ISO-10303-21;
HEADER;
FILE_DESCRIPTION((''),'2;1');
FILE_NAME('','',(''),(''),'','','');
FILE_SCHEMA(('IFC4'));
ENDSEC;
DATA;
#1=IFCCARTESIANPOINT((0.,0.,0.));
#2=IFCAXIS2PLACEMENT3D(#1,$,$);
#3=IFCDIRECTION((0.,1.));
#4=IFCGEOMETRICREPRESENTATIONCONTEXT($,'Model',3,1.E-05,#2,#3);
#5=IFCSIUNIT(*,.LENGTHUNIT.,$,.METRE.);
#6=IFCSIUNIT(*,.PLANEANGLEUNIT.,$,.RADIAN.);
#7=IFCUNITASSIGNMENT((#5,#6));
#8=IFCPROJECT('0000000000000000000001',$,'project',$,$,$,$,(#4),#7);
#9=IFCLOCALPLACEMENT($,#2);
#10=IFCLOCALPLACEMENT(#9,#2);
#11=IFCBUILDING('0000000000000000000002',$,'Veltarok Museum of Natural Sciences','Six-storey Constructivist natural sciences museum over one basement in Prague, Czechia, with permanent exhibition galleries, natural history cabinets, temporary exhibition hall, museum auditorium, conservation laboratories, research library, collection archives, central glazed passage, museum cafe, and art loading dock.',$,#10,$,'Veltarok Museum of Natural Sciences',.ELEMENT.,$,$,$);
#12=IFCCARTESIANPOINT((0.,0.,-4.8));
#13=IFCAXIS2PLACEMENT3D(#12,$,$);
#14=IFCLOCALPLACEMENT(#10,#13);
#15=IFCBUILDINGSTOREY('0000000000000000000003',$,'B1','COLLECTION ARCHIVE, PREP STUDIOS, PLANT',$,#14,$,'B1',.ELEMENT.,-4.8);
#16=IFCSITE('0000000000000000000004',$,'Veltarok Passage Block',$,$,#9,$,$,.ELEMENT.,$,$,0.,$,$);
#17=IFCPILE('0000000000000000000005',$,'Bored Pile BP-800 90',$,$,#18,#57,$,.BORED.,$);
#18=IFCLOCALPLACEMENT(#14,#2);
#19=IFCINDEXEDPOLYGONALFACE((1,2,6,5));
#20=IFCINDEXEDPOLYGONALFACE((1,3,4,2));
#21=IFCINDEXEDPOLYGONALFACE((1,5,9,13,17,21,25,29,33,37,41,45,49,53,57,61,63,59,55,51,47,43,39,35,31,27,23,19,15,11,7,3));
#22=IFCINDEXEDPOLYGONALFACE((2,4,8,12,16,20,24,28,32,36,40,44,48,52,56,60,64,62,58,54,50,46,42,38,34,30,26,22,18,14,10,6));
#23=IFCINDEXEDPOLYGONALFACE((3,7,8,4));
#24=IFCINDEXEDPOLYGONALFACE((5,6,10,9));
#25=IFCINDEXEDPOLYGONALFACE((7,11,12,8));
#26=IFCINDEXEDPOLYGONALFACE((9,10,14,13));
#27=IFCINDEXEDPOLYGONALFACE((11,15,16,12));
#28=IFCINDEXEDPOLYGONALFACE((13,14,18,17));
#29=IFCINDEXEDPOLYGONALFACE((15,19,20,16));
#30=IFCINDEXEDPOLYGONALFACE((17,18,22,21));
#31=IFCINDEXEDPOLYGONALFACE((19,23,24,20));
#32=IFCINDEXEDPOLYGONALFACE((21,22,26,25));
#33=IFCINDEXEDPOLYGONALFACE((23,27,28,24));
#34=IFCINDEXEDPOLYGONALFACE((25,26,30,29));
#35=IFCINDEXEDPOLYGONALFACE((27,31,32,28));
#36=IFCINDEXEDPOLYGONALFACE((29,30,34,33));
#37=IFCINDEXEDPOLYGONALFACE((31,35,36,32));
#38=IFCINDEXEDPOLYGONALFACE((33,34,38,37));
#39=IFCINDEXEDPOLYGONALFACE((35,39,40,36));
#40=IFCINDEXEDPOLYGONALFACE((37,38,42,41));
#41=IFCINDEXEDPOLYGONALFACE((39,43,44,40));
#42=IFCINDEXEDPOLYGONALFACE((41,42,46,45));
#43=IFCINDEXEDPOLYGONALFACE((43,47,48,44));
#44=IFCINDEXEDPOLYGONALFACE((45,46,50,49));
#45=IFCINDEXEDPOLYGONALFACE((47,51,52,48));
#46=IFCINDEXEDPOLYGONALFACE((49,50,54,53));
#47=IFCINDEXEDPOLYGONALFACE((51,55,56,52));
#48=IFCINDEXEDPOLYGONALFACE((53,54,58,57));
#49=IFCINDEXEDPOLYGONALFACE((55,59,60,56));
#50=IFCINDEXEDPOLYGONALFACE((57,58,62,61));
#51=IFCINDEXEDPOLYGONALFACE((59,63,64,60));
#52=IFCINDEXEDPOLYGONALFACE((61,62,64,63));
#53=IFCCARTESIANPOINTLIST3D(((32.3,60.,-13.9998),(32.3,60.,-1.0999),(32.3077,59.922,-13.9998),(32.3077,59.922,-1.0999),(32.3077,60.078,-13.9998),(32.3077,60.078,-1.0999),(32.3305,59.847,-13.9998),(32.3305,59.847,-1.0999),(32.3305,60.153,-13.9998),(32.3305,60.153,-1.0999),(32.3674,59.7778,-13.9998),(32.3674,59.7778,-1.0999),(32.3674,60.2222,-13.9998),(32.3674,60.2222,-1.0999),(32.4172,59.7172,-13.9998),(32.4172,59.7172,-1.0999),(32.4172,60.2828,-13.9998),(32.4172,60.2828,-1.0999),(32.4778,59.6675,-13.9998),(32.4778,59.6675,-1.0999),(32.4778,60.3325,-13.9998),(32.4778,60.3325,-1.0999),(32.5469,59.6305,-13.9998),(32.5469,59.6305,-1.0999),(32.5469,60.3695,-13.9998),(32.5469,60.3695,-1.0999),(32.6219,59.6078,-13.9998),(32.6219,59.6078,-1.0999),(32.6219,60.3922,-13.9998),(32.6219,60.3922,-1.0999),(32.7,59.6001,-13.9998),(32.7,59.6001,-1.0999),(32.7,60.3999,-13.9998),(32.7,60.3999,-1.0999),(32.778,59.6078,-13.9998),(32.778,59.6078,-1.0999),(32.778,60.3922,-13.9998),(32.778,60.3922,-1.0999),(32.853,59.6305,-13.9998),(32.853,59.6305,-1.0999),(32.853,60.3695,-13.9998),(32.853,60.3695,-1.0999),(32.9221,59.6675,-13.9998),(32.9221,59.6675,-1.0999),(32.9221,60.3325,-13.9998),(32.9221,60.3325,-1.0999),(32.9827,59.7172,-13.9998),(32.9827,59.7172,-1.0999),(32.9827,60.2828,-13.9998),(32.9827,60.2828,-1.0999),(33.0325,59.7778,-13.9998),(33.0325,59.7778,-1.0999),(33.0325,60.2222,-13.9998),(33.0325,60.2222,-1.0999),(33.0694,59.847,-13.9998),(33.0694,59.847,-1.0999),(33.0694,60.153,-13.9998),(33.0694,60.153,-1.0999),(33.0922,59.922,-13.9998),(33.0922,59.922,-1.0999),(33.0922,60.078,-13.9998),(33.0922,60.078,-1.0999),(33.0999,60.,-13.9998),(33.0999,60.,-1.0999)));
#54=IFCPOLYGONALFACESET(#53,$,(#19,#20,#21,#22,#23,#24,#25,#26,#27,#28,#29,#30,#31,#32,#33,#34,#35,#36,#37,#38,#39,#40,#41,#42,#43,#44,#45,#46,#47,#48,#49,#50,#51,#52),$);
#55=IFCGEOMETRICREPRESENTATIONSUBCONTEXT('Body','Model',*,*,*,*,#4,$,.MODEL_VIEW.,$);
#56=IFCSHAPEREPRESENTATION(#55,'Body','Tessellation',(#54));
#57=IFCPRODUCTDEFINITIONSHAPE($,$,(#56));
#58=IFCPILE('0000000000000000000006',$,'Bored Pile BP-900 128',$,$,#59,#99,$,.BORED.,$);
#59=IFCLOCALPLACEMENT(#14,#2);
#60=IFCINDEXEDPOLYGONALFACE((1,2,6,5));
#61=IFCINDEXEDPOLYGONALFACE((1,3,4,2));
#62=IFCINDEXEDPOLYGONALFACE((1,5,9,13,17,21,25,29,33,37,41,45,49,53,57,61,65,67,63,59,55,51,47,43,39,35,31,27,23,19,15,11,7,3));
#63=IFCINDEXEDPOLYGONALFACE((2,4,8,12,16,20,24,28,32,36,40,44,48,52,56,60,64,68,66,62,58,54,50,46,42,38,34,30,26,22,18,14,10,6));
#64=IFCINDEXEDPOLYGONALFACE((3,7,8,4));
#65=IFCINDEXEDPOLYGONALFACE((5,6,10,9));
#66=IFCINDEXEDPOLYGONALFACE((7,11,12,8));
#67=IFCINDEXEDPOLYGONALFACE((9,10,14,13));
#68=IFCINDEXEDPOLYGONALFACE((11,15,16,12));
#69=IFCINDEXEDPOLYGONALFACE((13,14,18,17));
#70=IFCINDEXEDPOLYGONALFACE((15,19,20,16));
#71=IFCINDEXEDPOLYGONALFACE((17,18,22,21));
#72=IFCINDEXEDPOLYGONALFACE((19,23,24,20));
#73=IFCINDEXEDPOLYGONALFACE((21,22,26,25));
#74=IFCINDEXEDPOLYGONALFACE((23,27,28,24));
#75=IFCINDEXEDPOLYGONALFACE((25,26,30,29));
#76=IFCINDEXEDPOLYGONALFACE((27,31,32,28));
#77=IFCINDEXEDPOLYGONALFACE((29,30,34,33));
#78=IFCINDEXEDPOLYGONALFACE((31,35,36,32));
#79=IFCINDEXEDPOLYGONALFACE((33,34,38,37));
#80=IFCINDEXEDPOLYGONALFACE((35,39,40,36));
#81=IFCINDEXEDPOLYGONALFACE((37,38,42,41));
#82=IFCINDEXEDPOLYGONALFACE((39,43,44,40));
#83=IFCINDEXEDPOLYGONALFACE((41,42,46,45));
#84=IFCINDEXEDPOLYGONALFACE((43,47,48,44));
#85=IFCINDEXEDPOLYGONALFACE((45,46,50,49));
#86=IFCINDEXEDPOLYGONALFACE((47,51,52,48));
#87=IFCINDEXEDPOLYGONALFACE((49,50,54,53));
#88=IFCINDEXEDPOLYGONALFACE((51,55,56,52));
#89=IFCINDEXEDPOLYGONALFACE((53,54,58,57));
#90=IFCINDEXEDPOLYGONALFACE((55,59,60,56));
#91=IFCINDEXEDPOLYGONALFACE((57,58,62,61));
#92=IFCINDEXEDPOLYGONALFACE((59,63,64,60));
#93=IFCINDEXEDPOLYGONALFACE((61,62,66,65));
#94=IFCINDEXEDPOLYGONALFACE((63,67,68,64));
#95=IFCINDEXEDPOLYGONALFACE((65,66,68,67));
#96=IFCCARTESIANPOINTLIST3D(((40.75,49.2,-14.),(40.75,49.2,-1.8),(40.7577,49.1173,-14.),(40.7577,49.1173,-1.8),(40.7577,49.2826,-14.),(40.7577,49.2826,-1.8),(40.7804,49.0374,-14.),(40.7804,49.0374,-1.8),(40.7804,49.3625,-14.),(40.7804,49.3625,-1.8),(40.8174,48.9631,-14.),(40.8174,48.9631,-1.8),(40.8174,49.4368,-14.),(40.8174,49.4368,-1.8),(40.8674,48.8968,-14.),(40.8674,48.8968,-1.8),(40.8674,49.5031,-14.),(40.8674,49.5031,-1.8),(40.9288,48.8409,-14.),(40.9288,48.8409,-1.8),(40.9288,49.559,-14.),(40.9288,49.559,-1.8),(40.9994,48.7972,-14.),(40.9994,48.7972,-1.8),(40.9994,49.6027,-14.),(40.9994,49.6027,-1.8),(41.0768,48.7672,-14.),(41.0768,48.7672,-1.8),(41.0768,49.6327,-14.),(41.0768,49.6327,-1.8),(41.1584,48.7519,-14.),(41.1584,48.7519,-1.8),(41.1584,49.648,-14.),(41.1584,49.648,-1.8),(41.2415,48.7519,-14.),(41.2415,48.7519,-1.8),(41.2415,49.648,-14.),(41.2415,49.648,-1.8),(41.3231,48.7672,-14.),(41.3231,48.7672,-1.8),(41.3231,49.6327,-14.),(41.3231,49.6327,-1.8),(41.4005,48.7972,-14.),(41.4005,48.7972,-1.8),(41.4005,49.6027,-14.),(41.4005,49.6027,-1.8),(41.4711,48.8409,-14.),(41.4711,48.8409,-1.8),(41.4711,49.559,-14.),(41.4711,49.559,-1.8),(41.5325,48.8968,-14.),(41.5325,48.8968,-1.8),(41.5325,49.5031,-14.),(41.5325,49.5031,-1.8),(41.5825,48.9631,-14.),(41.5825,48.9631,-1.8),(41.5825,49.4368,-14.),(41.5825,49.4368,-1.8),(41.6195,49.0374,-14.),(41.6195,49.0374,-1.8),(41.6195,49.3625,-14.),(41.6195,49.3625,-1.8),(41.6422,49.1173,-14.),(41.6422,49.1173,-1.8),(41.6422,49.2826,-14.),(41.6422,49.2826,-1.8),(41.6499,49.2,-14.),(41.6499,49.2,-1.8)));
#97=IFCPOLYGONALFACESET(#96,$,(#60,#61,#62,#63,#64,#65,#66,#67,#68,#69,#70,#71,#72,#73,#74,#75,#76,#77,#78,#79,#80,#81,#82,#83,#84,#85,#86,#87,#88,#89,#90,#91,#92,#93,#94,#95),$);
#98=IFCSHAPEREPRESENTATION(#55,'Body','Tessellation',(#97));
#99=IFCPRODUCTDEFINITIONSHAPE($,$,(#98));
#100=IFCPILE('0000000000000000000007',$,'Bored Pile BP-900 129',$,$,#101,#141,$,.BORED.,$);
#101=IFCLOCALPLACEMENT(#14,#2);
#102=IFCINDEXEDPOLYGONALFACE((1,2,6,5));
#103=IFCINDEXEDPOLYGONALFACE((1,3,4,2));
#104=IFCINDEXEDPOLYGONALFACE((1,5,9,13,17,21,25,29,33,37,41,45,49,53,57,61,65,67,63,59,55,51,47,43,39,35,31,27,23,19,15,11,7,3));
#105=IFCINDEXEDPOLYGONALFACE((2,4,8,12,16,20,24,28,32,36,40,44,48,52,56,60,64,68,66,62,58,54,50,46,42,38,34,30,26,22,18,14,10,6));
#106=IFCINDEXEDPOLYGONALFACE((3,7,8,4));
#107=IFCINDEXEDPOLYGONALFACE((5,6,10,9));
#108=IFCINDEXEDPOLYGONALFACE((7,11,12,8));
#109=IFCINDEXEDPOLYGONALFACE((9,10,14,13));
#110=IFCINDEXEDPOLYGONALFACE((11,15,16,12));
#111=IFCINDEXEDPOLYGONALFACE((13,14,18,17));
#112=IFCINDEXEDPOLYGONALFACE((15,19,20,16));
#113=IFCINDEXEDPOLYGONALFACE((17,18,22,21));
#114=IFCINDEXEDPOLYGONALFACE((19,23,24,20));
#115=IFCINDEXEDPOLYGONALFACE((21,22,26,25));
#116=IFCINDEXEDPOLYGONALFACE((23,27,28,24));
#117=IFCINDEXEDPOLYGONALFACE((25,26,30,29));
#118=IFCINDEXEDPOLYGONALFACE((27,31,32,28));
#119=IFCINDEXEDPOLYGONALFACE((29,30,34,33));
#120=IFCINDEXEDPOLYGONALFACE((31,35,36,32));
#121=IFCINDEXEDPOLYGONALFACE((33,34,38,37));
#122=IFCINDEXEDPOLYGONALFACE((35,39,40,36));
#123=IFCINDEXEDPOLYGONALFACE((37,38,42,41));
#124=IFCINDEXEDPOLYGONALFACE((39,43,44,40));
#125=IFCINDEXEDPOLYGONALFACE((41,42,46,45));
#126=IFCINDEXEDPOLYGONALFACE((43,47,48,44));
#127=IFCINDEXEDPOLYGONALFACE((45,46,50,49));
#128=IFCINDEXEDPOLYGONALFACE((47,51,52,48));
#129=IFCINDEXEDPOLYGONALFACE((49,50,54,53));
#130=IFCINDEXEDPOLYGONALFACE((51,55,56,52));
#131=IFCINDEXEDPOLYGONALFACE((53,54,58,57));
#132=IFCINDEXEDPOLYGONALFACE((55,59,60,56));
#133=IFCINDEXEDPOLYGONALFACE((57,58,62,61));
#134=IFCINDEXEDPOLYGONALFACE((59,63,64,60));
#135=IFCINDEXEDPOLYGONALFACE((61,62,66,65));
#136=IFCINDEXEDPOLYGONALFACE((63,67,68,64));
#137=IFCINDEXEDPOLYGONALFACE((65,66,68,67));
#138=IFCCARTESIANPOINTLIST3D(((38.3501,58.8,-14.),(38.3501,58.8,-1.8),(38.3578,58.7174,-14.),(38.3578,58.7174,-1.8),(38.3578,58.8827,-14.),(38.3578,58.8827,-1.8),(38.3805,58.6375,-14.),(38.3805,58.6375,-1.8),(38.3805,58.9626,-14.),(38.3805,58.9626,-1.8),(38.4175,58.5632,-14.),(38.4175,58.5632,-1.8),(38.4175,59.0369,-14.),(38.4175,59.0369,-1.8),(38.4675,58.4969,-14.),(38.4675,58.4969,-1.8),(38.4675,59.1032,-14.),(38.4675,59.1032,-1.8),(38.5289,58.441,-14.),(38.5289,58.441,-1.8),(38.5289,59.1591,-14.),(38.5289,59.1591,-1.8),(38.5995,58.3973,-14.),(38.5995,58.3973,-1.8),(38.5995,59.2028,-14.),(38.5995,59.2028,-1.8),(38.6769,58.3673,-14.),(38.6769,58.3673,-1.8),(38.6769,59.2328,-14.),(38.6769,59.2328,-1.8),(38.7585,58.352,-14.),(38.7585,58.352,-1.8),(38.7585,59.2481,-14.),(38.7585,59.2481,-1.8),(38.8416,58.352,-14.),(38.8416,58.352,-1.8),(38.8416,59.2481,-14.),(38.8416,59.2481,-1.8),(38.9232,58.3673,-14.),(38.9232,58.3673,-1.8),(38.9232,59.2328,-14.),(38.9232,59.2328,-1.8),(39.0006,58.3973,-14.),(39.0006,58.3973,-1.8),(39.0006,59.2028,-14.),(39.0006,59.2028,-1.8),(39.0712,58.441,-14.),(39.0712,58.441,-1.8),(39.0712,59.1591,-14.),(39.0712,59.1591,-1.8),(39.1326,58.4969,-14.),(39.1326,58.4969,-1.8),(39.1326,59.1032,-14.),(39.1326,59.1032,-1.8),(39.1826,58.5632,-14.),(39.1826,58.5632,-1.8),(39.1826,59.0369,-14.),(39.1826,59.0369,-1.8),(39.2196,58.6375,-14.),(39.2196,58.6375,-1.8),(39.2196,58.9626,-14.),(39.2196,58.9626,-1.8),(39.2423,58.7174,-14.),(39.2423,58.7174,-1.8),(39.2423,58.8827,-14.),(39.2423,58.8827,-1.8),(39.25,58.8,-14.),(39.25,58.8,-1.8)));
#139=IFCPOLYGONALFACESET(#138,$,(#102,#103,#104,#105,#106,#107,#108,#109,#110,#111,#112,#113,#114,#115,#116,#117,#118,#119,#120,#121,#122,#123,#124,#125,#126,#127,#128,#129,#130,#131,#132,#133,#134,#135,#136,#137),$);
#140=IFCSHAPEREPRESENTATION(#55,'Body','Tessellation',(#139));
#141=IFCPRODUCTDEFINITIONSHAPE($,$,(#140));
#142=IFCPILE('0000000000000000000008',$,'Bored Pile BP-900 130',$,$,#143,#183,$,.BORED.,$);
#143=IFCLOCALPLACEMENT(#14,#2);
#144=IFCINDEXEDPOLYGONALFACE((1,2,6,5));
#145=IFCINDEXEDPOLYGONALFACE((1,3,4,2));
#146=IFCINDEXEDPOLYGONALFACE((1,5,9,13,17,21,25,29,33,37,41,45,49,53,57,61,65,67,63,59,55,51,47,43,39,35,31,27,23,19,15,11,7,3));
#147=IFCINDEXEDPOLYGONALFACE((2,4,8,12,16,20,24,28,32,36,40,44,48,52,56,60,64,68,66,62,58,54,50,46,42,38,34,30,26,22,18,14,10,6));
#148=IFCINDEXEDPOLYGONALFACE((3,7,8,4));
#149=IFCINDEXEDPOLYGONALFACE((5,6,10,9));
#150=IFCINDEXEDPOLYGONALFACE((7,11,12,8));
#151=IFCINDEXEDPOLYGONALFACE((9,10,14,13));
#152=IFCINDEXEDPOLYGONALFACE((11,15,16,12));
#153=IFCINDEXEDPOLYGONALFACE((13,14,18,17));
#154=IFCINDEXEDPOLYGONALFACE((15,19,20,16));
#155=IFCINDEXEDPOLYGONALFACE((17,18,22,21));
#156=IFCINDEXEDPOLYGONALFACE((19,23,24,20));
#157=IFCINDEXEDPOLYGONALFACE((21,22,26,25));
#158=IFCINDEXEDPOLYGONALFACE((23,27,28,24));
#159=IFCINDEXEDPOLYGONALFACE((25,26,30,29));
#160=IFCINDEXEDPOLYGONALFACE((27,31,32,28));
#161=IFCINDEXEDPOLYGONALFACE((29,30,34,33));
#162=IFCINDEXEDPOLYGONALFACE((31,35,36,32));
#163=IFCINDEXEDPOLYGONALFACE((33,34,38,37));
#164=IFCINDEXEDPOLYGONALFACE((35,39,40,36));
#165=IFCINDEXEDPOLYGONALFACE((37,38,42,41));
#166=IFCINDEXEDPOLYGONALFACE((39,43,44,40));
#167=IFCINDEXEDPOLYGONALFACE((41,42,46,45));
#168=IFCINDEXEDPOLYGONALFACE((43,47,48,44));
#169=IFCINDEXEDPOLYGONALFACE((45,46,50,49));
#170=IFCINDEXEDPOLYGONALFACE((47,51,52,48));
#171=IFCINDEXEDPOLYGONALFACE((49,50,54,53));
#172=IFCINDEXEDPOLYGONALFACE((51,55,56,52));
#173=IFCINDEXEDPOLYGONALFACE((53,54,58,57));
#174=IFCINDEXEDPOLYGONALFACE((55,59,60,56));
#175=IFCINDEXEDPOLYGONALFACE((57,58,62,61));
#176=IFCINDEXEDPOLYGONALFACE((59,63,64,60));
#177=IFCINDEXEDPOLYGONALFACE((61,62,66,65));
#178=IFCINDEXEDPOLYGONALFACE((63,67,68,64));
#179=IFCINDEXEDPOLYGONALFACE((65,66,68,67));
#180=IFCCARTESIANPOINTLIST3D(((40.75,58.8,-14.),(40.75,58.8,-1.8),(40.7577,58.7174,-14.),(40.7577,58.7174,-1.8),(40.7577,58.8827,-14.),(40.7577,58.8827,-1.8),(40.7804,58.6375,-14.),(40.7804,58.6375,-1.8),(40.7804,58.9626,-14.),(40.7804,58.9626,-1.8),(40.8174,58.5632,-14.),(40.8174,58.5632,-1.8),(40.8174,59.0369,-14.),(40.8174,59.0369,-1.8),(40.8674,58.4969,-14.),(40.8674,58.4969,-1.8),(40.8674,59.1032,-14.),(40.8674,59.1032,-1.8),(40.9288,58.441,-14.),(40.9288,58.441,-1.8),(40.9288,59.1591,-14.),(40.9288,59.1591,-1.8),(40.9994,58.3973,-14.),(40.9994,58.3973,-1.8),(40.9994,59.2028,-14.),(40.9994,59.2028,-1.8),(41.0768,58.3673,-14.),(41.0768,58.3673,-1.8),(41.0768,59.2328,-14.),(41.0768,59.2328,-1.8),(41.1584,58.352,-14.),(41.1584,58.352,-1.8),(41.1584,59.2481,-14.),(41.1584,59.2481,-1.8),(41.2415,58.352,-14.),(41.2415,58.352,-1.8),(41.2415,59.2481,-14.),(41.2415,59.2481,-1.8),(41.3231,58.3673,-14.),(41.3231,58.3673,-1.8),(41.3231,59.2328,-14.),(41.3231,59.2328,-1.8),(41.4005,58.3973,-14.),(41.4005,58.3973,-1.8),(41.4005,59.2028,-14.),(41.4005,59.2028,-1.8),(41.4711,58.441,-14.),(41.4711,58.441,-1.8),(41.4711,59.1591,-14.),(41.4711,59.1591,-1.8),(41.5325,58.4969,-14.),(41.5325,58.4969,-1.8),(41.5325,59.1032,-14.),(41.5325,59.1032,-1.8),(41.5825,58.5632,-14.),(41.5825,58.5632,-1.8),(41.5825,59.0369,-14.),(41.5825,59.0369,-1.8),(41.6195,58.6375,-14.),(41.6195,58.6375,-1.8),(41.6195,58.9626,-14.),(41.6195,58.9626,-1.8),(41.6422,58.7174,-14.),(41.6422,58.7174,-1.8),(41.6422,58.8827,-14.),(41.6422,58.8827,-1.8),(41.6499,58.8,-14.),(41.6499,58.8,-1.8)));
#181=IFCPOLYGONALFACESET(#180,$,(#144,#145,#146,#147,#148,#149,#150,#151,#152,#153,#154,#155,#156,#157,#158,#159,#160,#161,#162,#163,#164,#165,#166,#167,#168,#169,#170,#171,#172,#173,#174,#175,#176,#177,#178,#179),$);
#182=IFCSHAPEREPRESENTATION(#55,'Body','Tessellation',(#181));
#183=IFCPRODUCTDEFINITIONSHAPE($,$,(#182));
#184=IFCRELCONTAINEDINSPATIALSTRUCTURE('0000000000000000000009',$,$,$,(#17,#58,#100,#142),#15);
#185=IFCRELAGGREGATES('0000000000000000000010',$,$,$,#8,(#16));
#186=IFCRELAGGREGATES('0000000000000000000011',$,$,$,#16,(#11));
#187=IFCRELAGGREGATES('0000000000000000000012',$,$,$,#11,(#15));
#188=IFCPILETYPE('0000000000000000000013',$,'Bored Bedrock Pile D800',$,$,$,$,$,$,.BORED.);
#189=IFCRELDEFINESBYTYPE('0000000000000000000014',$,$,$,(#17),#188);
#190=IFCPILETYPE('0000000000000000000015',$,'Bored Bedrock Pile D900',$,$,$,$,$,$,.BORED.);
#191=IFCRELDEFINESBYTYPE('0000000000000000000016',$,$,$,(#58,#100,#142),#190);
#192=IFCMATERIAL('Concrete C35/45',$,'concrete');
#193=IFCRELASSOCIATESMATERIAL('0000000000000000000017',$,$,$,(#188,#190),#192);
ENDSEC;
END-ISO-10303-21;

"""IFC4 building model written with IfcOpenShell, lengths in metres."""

from ifc_helpers import new_model, si_unit, direction, frame, origin, origin_2d, place, context, subcontext, project, spatial, circle, extrude, material, material_profile, profile_set, type_object, element, save


model = new_model("IFC4")

# Units and contexts
model_context = context("Model", 3, precision=1e-05, world=origin(), true_north=direction((0.0, 1.0)))
body_context = subcontext(model_context, "Body", "Model", "MODEL_VIEW")
ifc_project = project(units=[si_unit("LENGTHUNIT", "METRE"), si_unit("PLANEANGLEUNIT", "RADIAN")], contexts=[model_context])

# Site, building, storey
site_placement = place(None, origin())
site = spatial("IfcSite", under=ifc_project, at=site_placement, Name="Veltarok Passage Block", CompositionType="ELEMENT", RefElevation=0.0)
building_placement = place(site_placement, origin())
building = spatial("IfcBuilding", under=site, at=building_placement, Name="Veltarok Museum of Natural Sciences", Description="Six-storey Constructivist natural sciences museum over one basement in Prague, Czechia, with permanent exhibition galleries, natural history cabinets, temporary exhibition hall, museum auditorium, conservation laboratories, research library, collection archives, central glazed passage, museum cafe, and art loading dock.", LongName="Veltarok Museum of Natural Sciences", CompositionType="ELEMENT")
storey_placement = place(building_placement, frame((0.0, 0.0, -4.8)))
storey = spatial("IfcBuildingStorey", under=building, at=storey_placement, Name="B1", Description="COLLECTION ARCHIVE, PREP STUDIOS, PLANT", LongName="B1", CompositionType="ELEMENT", Elevation=-4.8)

# Piles
ifc_material_1 = material(Name="Concrete C35/45", Category="concrete")
ifc_material_profile_1 = material_profile(ifc_material_1, circle(Radius=0.3999, at=origin_2d()), Name="BP D800")
ifc_profile_set_1 = profile_set([ifc_material_profile_1], Name="Concrete C35/45")
pile_type_1 = type_object("IfcPileType", Name="Bored Bedrock Pile D800", PredefinedType="BORED", material=ifc_profile_set_1)
pile_placement = place(storey_placement, frame((32.7, 60.0, -1.0999), z_axis=(0.0, 0.0, -1.0), x_axis=(1.0, 0.0, 0.0)))
element("IfcPile", 1, at=pile_placement, inside=storey, type_object=pile_type_1, Name="Bored Pile BP-800 90", PredefinedType="BORED", context=body_context, shape_type="SweptSolid", body=[
    extrude(circle(Radius=0.3999, at=origin_2d()), origin(), (0.0, 0.0, 1.0), 12.8999),
])
ifc_material_profile_2 = material_profile(ifc_material_1, circle(Radius=0.45, at=origin_2d()), Name="BP D900")
ifc_profile_set_2 = profile_set([ifc_material_profile_2], Name="Concrete C35/45")
pile_type_2 = type_object("IfcPileType", Name="Bored Bedrock Pile D900", PredefinedType="BORED", material=ifc_profile_set_2)
for number, where, z_axis, x_axis, name in (
    (2, (41.2, 49.2, -1.8), (0.0, 0.0, -1.0), (1.0, 0.0, 0.0), "Bored Pile BP-900 128"),
    (3, (38.8, 58.8, -1.8), (0.0, 0.0, -1.0), (1.0, 0.0, 0.0), "Bored Pile BP-900 129"),
    (4, (41.2, 58.8, -1.8), (0.0, 0.0, -1.0), (1.0, 0.0, 0.0), "Bored Pile BP-900 130"),
):
    element("IfcPile", number, at=place(storey_placement, frame(where, z_axis=z_axis, x_axis=x_axis)), inside=storey, type_object=pile_type_2, Name=name, PredefinedType="BORED", context=body_context, shape_type="SweptSolid", body=[
        extrude(circle(Radius=0.45, at=origin_2d()), origin(), (0.0, 0.0, 1.0), 12.2),
    ])

save(model, "model.ifc")
